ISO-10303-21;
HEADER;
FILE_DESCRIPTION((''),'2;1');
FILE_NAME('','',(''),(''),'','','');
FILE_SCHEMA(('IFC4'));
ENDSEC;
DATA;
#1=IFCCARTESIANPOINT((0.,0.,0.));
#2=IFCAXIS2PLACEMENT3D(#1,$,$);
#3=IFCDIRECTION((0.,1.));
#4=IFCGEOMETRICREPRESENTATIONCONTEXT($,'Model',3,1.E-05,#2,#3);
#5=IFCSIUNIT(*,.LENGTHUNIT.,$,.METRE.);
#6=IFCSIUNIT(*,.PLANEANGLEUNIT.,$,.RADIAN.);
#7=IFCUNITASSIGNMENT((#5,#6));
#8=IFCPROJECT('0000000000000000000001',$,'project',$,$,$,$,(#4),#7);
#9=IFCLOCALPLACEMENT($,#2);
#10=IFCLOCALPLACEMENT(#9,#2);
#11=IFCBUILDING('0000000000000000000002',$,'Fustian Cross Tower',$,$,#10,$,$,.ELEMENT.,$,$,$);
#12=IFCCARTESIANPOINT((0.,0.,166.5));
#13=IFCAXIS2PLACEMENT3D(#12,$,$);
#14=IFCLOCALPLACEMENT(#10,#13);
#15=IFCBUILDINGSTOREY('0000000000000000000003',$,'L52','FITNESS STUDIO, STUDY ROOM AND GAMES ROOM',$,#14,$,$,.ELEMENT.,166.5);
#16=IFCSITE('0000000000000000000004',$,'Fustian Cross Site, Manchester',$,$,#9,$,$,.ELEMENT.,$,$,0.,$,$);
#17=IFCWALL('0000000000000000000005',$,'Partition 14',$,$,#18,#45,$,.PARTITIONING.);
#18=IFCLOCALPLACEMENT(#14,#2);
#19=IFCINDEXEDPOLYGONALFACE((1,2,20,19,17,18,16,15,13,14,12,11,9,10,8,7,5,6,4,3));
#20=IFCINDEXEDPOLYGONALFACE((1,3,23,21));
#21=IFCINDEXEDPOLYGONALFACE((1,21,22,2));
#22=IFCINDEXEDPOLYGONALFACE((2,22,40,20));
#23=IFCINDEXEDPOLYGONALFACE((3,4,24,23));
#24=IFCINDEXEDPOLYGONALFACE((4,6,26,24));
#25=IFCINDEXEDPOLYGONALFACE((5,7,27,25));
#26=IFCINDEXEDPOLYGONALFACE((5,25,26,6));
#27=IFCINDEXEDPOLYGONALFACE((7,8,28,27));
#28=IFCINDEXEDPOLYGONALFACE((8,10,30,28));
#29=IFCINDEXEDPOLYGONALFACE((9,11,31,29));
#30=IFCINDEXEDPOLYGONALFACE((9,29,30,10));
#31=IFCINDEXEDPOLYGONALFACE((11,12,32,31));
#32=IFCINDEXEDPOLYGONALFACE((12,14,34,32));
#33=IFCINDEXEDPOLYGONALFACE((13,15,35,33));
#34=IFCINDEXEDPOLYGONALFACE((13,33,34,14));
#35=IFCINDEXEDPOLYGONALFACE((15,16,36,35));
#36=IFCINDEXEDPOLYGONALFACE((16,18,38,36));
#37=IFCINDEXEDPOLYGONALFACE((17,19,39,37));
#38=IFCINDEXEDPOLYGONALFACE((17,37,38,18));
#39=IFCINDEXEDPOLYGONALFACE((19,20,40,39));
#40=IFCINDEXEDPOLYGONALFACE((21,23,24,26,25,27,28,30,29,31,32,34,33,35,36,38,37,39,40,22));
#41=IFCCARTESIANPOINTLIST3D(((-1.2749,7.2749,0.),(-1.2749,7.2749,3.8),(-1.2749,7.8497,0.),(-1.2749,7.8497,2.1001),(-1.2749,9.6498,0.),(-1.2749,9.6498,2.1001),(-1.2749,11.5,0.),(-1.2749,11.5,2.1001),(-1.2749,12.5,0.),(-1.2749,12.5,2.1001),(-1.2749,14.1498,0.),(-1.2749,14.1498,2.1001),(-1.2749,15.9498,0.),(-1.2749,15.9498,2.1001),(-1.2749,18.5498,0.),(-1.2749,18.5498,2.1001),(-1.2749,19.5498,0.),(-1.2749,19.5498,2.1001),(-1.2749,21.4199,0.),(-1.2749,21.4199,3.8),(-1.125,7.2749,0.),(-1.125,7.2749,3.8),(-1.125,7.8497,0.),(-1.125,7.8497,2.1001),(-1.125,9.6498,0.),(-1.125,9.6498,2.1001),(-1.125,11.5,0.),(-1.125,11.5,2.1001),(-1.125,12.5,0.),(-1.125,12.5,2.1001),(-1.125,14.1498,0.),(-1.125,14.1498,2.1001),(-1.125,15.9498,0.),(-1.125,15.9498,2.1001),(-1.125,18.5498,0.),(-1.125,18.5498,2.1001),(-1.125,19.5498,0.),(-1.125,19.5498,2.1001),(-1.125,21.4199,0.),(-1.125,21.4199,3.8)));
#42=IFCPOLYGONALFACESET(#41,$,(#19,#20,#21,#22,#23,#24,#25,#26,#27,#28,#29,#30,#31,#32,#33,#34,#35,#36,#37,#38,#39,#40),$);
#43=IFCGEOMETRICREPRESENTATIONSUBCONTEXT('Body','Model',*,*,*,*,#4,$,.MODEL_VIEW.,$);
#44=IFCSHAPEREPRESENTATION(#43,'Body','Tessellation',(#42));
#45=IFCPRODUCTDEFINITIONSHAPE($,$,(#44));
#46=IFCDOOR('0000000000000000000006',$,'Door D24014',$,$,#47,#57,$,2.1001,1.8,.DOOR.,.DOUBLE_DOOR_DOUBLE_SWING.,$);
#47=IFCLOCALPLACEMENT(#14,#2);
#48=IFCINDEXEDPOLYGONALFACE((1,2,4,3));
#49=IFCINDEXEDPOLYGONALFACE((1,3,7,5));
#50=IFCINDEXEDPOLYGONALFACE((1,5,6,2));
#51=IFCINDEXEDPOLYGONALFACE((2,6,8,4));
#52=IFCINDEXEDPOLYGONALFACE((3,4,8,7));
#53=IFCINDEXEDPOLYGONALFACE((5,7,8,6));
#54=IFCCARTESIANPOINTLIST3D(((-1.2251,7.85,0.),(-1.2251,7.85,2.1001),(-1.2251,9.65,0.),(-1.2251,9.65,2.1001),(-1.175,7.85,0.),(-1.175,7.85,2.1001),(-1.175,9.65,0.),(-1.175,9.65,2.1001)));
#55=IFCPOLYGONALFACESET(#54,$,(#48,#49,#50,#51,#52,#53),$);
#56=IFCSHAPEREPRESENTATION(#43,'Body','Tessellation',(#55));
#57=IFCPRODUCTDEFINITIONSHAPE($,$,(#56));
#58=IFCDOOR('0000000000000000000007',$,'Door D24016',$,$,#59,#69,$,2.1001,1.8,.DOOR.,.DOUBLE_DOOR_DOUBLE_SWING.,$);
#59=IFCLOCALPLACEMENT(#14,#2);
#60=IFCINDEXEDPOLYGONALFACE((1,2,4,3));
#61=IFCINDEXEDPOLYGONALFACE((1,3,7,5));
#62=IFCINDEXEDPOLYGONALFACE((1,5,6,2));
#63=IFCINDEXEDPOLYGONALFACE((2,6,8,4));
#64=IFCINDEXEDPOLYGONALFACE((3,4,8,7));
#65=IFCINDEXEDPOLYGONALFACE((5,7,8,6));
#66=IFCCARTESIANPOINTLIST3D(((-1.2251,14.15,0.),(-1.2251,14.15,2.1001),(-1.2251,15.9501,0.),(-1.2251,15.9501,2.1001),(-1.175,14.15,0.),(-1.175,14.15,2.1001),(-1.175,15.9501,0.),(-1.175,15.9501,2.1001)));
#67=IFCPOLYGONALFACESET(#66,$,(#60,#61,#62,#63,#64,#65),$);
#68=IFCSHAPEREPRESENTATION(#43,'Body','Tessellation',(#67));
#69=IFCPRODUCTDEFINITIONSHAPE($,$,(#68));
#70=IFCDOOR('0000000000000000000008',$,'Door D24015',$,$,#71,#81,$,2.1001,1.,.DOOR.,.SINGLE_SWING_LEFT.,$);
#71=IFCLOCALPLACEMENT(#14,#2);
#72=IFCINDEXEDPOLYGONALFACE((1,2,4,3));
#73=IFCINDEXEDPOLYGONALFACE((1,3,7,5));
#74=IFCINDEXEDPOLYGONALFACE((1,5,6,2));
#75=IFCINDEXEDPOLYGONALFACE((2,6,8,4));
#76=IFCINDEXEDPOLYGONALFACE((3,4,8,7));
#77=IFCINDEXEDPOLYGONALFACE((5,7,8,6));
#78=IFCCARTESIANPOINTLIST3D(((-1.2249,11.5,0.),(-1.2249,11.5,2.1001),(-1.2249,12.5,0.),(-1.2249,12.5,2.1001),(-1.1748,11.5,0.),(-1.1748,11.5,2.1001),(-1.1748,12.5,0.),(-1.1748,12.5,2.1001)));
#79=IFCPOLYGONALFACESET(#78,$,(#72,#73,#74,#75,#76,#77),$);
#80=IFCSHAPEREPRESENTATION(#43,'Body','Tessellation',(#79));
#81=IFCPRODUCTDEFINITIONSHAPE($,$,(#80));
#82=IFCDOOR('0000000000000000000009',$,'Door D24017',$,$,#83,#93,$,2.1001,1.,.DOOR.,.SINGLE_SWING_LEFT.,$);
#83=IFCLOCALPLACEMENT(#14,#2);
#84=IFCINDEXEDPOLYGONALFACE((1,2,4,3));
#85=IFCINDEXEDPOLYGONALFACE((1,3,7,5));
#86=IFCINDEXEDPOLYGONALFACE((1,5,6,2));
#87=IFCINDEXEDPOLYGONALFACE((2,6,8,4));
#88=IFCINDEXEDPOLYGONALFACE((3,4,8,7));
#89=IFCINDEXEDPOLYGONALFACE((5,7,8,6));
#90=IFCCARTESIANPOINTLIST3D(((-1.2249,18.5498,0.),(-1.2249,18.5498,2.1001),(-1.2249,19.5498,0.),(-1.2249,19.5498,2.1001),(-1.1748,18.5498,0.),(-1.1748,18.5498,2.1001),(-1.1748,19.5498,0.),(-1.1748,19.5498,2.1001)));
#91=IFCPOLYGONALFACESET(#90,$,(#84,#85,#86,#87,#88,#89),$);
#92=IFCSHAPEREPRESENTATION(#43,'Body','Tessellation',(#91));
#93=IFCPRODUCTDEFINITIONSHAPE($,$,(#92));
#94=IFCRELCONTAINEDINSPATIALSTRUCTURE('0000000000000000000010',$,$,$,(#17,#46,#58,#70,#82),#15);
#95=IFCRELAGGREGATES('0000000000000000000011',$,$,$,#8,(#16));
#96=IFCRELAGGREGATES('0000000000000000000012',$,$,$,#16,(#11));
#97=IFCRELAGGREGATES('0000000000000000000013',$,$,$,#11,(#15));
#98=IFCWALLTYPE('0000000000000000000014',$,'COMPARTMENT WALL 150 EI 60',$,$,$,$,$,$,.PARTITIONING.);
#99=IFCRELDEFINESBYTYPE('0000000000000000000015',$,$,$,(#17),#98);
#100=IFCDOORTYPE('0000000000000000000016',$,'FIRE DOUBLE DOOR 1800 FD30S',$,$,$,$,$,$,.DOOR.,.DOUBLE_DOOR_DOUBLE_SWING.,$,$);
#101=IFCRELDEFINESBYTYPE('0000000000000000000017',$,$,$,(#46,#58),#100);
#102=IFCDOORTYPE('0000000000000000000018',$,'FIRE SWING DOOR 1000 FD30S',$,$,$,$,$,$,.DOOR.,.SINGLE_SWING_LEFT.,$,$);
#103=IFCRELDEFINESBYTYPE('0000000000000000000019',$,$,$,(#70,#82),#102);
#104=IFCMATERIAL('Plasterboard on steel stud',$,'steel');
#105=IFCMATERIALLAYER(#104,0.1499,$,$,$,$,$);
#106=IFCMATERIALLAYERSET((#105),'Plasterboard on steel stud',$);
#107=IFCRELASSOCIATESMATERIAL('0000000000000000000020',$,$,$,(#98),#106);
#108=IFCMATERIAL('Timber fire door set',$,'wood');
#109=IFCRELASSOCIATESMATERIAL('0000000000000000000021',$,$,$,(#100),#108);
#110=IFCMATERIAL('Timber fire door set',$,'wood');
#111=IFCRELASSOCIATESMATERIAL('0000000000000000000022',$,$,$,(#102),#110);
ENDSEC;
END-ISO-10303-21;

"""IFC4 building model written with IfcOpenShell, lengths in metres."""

from ifc_helpers import new_model, si_unit, direction, frame, frame_2d, origin, place, context, subcontext, project, spatial, rectangle, extrude, material, layer, layer_set, type_object, element, fill, save


model = new_model("IFC4")

# Units and contexts
model_context = context("Model", 3, precision=1e-05, world=origin(), true_north=direction((0.0, 1.0)))
body_context = subcontext(model_context, "Body", "Model", "MODEL_VIEW")
ifc_project = project(units=[si_unit("LENGTHUNIT", "METRE"), si_unit("PLANEANGLEUNIT", "RADIAN")], contexts=[model_context])

# Site, building, storey
site_placement = place(None, origin())
site = spatial("IfcSite", under=ifc_project, at=site_placement, Name="Fustian Cross Site, Manchester", CompositionType="ELEMENT", RefElevation=0.0)
building_placement = place(site_placement, origin())
building = spatial("IfcBuilding", under=site, at=building_placement, Name="Fustian Cross Tower", CompositionType="ELEMENT")
storey_placement = place(building_placement, frame((0.0, 0.0, 166.5)))
storey = spatial("IfcBuildingStorey", under=building, at=storey_placement, Name="L52", Description="FITNESS STUDIO, STUDY ROOM AND GAMES ROOM", CompositionType="ELEMENT", Elevation=166.5)

# Wall, openings, doors
ifc_material_1 = material(Name="Plasterboard on steel stud", Category="steel")
ifc_layer_1 = layer(ifc_material_1, 0.1499)
ifc_layer_set_1 = layer_set([ifc_layer_1], Name="Plasterboard on steel stud")
wall_type_1 = type_object("IfcWallType", Name="COMPARTMENT WALL 150 EI 60", PredefinedType="PARTITIONING", material=ifc_layer_set_1)
wall_1_placement = place(storey_placement, frame((-1.2, 7.2749, 0.0), z_axis=(0.0, 0.0, 1.0), x_axis=(0.0, 1.0, 0.0)))
wall_1 = element("IfcWall", 1, at=wall_1_placement, inside=storey, type_object=wall_type_1, Name="Partition 14", PredefinedType="PARTITIONING", context=body_context, shape_type="SweptSolid", body=[
    extrude(rectangle(XDim=14.145, YDim=0.1499, at=frame_2d((7.0725, 0.0))), origin(), (0.0, 0.0, 1.0), 3.8),
])
opening_1_placement = place(wall_1_placement, frame((0.575, 0.0, 0.0)))
opening_1 = element("IfcOpeningElement", 2, at=opening_1_placement, cuts=wall_1, PredefinedType="OPENING", context=body_context, shape_type="SweptSolid", body=[
    extrude(rectangle(XDim=1.8, YDim=2.1001, at=frame_2d((0.8999, 1.05))), frame((0.0, 0.085, 0.0), z_axis=(0.0, -1.0, 0.0), x_axis=(1.0, 0.0, 0.0)), (0.0, 0.0, 1.0), 0.1699),
])
opening_2_placement = place(wall_1_placement, frame((4.2251, 0.0, 0.0)))
opening_2 = element("IfcOpeningElement", 3, at=opening_2_placement, cuts=wall_1, PredefinedType="OPENING", context=body_context, shape_type="SweptSolid", body=[
    extrude(rectangle(XDim=1.0, YDim=2.1001, at=frame_2d((0.5, 1.05))), frame((0.0, 0.085, 0.0), z_axis=(0.0, -1.0, 0.0), x_axis=(1.0, 0.0, 0.0)), (0.0, 0.0, 1.0), 0.1699),
])
opening_3_placement = place(wall_1_placement, frame((6.875, 0.0, 0.0)))
opening_3 = element("IfcOpeningElement", 4, at=opening_3_placement, cuts=wall_1, PredefinedType="OPENING", context=body_context, shape_type="SweptSolid", body=[
    extrude(rectangle(XDim=1.8, YDim=2.1001, at=frame_2d((0.8999, 1.05))), frame((0.0, 0.085, 0.0), z_axis=(0.0, -1.0, 0.0), x_axis=(1.0, 0.0, 0.0)), (0.0, 0.0, 1.0), 0.1699),
])
opening_4_placement = place(wall_1_placement, frame((11.2749, 0.0, 0.0)))
opening_4 = element("IfcOpeningElement", 5, at=opening_4_placement, cuts=wall_1, PredefinedType="OPENING", context=body_context, shape_type="SweptSolid", body=[
    extrude(rectangle(XDim=1.0, YDim=2.1001, at=frame_2d((0.5, 1.05))), frame((0.0, 0.085, 0.0), z_axis=(0.0, -1.0, 0.0), x_axis=(1.0, 0.0, 0.0)), (0.0, 0.0, 1.0), 0.1699),
])
ifc_material_2 = material(Name="Timber fire door set", Category="wood")
door_type_1 = type_object("IfcDoorType", Name="FIRE DOUBLE DOOR 1800 FD30S", OperationType="DOUBLE_DOOR_DOUBLE_SWING", PredefinedType="DOOR", material=ifc_material_2)
door_1_placement = place(opening_1_placement, frame((1.8, 0.0, 0.0), z_axis=(0.0, 0.0, 1.0), x_axis=(-1.0, 0.0, 0.0)))
door_1 = element("IfcDoor", 6, at=door_1_placement, inside=storey, type_object=door_type_1, Name="Door D24014", OperationType="DOUBLE_DOOR_DOUBLE_SWING", OverallHeight=2.1001, OverallWidth=1.8, PredefinedType="DOOR", context=body_context, shape_type="SweptSolid", body=[
    extrude(rectangle(XDim=1.8, YDim=2.1001, at=frame_2d((0.8999, 1.05))), frame((0.0, 0.0249, 0.0), z_axis=(0.0, -1.0, 0.0), x_axis=(1.0, 0.0, 0.0)), (0.0, 0.0, 1.0), 0.05),
])
fill(opening_1, door_1)
door_2_placement = place(opening_3_placement, frame((1.8, 0.0, 0.0), z_axis=(0.0, 0.0, 1.0), x_axis=(-1.0, 0.0, 0.0)))
door_2 = element("IfcDoor", 7, at=door_2_placement, inside=storey, type_object=door_type_1, Name="Door D24016", OperationType="DOUBLE_DOOR_DOUBLE_SWING", OverallHeight=2.1001, OverallWidth=1.8, PredefinedType="DOOR", context=body_context, shape_type="SweptSolid", body=[
    extrude(rectangle(XDim=1.8, YDim=2.1001, at=frame_2d((0.8999, 1.05))), frame((0.0, 0.0249, 0.0), z_axis=(0.0, -1.0, 0.0), x_axis=(1.0, 0.0, 0.0)), (0.0, 0.0, 1.0), 0.05),
])
fill(opening_3, door_2)
ifc_material_3 = material(Name="Timber fire door set", Category="wood")
door_type_2 = type_object("IfcDoorType", Name="FIRE SWING DOOR 1000 FD30S", OperationType="SINGLE_SWING_LEFT", PredefinedType="DOOR", material=ifc_material_3)
door_3_placement = place(opening_2_placement, origin())
door_3 = element("IfcDoor", 8, at=door_3_placement, inside=storey, type_object=door_type_2, Name="Door D24015", OperationType="SINGLE_SWING_LEFT", OverallHeight=2.1001, OverallWidth=1.0, PredefinedType="DOOR", context=body_context, shape_type="SweptSolid", body=[
    extrude(rectangle(XDim=1.0, YDim=2.1001, at=frame_2d((0.5, 1.05))), frame((0.0, 0.0249, 0.0), z_axis=(0.0, -1.0, 0.0), x_axis=(1.0, 0.0, 0.0)), (0.0, 0.0, 1.0), 0.05),
])
fill(opening_2, door_3)
door_4_placement = place(opening_4_placement, origin())
door_4 = element("IfcDoor", 9, at=door_4_placement, inside=storey, type_object=door_type_2, Name="Door D24017", OperationType="SINGLE_SWING_LEFT", OverallHeight=2.1001, OverallWidth=1.0, PredefinedType="DOOR", context=body_context, shape_type="SweptSolid", body=[
    extrude(rectangle(XDim=1.0, YDim=2.1001, at=frame_2d((0.5, 1.05))), frame((0.0, 0.0249, 0.0), z_axis=(0.0, -1.0, 0.0), x_axis=(1.0, 0.0, 0.0)), (0.0, 0.0, 1.0), 0.05),
])
fill(opening_4, door_4)

save(model, "model.ifc")
